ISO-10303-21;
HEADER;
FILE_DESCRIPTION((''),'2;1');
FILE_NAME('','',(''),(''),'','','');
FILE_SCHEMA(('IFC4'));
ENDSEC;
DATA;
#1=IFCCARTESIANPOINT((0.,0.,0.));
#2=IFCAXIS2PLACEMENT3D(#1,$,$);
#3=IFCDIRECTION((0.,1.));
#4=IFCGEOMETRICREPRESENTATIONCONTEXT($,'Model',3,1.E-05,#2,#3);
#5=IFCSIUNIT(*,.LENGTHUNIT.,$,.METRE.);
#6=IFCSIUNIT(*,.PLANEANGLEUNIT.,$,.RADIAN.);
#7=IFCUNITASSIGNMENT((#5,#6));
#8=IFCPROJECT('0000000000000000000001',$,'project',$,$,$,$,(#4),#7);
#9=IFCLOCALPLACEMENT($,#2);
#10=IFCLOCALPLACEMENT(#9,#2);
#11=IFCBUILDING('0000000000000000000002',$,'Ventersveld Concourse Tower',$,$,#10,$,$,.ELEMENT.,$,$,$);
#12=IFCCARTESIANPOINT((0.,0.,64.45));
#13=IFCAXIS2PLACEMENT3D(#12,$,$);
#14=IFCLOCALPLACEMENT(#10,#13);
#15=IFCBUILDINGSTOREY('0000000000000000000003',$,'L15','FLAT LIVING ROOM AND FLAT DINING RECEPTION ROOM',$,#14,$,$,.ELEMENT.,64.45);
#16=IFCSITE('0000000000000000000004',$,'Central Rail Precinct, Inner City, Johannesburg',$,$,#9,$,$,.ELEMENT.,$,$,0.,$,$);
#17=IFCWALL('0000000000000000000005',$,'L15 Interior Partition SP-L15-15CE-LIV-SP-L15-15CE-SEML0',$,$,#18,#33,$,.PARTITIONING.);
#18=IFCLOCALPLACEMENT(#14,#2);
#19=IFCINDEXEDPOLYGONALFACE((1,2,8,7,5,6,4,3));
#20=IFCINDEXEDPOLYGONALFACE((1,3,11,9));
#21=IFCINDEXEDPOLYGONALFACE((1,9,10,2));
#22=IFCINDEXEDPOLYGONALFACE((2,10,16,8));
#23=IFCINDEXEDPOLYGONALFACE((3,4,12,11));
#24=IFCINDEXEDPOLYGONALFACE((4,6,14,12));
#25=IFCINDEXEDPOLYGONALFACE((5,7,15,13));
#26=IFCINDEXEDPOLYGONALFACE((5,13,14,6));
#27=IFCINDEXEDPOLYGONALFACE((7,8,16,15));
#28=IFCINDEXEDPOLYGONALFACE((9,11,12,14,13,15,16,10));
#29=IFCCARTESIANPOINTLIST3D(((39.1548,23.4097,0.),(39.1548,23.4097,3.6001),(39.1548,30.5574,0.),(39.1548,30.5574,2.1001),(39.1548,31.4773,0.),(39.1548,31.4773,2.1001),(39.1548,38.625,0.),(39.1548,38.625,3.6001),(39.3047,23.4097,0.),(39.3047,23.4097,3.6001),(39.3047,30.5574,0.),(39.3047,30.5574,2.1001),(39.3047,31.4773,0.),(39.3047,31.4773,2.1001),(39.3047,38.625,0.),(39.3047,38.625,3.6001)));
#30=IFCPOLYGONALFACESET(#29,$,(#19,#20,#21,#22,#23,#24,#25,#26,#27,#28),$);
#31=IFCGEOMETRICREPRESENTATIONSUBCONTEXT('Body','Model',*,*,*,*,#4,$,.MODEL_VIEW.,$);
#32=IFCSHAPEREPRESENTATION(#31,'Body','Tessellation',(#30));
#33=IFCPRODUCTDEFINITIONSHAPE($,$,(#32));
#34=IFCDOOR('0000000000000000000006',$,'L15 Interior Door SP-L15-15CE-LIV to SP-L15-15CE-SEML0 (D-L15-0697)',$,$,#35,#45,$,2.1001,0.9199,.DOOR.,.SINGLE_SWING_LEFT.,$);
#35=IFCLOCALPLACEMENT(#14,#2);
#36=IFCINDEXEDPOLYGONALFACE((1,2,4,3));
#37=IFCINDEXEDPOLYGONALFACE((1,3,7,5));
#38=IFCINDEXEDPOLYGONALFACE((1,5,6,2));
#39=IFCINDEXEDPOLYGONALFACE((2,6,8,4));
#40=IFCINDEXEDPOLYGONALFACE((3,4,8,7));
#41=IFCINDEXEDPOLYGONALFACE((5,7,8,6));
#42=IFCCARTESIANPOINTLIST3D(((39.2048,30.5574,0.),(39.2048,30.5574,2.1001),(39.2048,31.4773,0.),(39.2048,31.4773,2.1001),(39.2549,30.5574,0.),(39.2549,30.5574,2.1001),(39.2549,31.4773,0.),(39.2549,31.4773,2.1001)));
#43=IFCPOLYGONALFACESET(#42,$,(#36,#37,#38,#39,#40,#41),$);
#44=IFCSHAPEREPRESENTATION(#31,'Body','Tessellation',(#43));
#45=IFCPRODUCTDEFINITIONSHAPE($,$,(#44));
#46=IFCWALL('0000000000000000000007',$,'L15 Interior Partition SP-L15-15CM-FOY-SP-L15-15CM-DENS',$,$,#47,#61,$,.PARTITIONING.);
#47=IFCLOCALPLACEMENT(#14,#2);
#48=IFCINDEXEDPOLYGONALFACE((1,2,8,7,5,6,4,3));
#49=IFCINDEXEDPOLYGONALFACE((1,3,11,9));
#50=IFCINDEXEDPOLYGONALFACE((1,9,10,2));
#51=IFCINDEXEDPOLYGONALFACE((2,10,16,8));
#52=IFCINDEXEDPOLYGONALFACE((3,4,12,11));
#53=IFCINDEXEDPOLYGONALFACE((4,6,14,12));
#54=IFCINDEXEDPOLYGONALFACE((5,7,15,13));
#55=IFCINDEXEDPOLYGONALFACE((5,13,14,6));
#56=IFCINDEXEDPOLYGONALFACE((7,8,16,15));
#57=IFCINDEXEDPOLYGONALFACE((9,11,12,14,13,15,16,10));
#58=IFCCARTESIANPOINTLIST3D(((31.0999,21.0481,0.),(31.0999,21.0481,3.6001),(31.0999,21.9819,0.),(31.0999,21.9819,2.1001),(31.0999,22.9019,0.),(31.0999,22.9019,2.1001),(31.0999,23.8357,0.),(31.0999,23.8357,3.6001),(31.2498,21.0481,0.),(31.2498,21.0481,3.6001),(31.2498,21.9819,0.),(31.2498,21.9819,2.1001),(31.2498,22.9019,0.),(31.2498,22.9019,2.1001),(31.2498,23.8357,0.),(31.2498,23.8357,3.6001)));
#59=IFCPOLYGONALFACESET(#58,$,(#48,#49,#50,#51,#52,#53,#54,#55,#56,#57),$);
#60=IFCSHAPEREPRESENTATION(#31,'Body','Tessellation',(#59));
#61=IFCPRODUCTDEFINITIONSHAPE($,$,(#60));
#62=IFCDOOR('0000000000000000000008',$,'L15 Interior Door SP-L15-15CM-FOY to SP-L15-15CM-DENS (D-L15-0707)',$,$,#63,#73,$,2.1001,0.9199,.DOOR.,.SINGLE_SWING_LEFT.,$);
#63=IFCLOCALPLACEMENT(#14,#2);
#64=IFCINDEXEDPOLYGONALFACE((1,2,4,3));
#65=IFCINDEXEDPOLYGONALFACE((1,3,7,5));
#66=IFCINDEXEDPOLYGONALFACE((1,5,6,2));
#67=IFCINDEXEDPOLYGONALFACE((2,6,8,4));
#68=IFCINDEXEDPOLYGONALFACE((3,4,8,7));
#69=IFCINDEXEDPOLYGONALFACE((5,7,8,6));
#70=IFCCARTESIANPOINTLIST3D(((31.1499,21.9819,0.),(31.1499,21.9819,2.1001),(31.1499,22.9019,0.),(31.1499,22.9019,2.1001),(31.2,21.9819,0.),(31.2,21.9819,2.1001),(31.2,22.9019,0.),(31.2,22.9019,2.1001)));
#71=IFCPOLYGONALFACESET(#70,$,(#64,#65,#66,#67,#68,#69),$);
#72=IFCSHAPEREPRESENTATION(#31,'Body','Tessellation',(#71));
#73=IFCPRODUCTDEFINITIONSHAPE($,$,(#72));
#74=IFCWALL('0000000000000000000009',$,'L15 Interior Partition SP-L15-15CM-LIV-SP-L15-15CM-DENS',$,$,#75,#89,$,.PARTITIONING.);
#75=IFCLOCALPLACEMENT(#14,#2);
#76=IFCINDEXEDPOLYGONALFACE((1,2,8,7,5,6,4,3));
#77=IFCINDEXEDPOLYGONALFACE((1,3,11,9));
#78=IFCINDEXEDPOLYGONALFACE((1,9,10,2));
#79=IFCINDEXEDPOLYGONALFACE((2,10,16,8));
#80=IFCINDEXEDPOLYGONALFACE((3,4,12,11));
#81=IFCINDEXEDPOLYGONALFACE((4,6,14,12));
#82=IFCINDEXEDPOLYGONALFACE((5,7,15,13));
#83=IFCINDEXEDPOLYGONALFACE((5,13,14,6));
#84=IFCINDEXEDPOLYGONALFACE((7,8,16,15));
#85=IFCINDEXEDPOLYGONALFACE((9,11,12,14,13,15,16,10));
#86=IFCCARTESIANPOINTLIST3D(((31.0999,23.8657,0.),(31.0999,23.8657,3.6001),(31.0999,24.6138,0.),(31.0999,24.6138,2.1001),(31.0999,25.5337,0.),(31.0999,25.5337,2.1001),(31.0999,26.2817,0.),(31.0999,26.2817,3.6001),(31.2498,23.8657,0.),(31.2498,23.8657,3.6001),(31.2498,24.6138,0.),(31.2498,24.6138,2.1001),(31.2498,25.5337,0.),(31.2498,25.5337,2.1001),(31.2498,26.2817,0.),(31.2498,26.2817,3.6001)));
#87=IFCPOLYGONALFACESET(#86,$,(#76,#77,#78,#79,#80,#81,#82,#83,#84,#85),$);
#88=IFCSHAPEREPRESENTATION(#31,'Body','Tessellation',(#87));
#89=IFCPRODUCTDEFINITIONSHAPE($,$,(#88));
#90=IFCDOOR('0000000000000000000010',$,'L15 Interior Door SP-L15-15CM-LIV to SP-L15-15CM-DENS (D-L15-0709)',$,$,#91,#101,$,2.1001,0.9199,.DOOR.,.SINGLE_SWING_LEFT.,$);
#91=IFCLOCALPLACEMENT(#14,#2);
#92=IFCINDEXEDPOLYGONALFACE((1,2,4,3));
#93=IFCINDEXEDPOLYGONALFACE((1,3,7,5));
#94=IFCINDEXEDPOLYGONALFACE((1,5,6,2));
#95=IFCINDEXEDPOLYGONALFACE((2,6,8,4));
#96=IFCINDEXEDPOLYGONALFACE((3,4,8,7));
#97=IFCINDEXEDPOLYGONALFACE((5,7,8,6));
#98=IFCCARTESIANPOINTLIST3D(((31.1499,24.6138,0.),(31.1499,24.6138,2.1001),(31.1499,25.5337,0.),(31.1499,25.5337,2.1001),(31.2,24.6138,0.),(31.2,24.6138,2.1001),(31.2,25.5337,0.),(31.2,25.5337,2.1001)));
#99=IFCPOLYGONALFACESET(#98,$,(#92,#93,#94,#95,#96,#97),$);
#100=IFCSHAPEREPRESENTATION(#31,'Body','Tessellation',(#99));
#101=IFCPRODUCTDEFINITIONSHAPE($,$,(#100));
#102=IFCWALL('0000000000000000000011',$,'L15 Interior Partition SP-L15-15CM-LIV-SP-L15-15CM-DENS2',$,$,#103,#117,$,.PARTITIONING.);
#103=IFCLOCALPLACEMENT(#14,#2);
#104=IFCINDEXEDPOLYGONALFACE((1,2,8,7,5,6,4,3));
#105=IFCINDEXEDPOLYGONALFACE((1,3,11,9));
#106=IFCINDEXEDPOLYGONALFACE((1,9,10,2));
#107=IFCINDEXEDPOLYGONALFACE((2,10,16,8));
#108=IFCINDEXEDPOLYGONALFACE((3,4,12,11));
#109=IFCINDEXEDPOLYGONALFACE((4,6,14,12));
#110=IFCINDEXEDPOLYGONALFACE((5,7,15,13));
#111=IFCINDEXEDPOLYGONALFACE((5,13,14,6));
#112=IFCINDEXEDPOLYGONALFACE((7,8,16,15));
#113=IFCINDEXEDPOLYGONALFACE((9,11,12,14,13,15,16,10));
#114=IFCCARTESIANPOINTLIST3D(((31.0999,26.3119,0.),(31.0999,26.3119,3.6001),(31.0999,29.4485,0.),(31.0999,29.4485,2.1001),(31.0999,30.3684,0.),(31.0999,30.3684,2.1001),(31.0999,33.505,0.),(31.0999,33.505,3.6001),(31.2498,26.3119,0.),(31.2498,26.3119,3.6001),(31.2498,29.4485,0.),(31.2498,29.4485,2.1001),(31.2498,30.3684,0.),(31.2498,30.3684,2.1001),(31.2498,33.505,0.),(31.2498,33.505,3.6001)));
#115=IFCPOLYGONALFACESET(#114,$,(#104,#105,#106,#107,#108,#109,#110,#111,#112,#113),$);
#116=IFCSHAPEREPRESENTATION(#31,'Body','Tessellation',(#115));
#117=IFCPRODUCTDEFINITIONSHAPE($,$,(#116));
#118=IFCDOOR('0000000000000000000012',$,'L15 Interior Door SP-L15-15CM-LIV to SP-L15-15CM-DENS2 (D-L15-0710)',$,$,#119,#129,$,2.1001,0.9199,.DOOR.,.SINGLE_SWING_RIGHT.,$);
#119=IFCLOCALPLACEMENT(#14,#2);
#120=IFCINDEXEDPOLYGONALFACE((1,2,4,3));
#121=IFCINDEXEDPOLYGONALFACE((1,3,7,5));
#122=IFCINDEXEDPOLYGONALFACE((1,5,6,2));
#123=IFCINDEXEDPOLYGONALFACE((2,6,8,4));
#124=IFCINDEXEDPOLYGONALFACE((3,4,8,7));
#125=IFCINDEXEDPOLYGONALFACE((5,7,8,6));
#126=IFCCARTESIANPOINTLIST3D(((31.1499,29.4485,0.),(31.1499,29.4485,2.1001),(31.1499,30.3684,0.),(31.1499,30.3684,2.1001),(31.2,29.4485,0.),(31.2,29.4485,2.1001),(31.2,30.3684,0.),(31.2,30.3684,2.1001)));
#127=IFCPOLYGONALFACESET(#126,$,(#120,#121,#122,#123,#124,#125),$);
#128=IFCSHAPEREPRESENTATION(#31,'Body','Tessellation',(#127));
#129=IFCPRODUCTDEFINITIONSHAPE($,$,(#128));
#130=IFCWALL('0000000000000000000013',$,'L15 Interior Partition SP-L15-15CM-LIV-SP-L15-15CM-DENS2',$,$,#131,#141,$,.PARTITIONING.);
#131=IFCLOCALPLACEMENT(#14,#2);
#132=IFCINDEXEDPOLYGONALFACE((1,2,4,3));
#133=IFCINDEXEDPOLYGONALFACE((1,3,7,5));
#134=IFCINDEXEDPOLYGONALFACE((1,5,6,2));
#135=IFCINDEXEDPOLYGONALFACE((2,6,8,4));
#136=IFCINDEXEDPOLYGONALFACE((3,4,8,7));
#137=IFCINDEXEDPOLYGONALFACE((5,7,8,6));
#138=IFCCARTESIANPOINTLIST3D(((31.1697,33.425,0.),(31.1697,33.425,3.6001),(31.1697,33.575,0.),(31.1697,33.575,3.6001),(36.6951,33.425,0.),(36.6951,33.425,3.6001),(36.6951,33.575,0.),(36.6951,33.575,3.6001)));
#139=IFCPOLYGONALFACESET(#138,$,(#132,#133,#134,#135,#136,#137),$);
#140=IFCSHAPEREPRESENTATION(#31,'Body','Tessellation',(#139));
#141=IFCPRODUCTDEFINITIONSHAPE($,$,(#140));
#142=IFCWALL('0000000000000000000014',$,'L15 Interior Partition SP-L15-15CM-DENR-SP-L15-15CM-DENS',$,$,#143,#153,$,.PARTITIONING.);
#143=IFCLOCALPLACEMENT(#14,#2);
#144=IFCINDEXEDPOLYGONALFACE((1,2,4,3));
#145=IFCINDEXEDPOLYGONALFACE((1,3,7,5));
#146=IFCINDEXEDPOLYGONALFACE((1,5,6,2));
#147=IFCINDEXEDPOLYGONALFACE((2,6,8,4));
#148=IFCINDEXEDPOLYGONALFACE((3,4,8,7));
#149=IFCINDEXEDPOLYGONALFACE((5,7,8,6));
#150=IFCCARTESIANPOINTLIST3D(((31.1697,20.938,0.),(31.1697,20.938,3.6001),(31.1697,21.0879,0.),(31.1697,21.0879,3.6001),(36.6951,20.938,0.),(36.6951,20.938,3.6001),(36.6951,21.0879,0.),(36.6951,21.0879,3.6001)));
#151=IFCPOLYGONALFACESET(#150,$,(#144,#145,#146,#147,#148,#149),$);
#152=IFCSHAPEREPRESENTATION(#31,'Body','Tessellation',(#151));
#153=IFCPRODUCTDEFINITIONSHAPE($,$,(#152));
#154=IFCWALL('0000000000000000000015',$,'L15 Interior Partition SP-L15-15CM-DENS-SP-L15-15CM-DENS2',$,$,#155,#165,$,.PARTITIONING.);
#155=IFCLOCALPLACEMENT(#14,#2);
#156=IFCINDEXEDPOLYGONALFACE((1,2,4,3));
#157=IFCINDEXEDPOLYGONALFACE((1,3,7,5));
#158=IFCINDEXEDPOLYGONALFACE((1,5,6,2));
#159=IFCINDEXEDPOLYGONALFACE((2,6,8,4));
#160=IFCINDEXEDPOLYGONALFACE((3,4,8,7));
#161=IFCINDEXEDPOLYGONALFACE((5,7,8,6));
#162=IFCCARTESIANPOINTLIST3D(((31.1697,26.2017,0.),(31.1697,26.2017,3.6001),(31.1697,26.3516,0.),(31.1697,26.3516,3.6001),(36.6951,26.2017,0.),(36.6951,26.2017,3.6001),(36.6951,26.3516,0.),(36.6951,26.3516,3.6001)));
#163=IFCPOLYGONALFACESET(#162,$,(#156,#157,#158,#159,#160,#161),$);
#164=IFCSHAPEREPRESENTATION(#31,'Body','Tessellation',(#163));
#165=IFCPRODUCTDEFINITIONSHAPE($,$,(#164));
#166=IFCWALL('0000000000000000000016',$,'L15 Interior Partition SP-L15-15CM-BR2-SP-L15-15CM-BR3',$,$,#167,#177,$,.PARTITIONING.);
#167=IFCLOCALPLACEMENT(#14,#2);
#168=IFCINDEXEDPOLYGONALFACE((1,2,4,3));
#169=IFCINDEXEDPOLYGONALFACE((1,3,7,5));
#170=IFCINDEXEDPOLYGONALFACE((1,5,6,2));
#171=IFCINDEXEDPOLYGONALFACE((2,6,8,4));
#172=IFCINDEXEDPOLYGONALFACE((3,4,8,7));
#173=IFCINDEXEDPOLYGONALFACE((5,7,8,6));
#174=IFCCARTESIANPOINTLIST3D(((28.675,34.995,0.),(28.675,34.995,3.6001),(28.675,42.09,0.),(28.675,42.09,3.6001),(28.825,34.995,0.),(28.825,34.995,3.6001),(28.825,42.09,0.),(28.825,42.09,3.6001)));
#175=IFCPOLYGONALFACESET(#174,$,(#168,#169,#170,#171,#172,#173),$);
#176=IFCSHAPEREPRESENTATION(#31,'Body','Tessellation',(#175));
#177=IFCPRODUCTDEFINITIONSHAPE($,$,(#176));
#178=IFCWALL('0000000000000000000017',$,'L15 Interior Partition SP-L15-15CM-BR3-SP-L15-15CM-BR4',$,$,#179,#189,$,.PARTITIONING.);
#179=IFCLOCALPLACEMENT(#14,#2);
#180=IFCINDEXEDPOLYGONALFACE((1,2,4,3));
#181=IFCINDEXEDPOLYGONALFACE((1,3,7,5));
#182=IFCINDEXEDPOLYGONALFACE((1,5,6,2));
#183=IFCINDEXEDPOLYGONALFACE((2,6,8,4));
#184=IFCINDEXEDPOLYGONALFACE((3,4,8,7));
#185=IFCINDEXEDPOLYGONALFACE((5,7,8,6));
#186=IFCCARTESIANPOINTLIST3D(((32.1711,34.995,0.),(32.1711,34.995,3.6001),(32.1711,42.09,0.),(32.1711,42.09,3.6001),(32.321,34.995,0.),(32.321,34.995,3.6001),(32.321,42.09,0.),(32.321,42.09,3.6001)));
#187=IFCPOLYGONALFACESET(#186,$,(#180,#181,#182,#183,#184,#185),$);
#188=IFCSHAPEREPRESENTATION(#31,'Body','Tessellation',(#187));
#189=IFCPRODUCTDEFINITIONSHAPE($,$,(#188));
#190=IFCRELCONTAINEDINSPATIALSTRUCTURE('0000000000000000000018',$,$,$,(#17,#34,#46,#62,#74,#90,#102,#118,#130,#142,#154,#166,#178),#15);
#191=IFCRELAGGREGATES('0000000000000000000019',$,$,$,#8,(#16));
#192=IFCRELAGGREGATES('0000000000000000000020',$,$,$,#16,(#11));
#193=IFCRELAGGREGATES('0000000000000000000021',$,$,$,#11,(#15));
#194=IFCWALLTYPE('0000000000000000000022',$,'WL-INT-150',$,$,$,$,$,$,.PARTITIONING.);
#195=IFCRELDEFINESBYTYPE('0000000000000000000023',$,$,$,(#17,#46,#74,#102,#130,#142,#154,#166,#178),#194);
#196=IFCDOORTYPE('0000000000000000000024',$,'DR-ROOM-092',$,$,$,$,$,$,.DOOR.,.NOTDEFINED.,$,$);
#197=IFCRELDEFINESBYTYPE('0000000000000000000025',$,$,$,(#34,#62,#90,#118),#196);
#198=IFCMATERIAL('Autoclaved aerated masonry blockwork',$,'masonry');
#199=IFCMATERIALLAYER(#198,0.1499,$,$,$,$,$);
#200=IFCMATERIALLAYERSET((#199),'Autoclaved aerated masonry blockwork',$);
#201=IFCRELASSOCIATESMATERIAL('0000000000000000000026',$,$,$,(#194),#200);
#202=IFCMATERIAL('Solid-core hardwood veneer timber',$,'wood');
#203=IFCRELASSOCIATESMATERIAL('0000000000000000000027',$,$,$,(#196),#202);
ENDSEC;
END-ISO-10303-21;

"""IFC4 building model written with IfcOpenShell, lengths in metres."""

from ifc_helpers import new_model, si_unit, direction, frame, frame_2d, origin, place, context, subcontext, project, spatial, rectangle, extrude, material, layer, layer_set, type_object, element, fill, save


model = new_model("IFC4")

# Units and contexts
model_context = context("Model", 3, precision=1e-05, world=origin(), true_north=direction((0.0, 1.0)))
body_context = subcontext(model_context, "Body", "Model", "MODEL_VIEW")
ifc_project = project(units=[si_unit("LENGTHUNIT", "METRE"), si_unit("PLANEANGLEUNIT", "RADIAN")], contexts=[model_context])

# Site, building, storey
site_placement = place(None, origin())
site = spatial("IfcSite", under=ifc_project, at=site_placement, Name="Central Rail Precinct, Inner City, Johannesburg", CompositionType="ELEMENT", RefElevation=0.0)
building_placement = place(site_placement, origin())
building = spatial("IfcBuilding", under=site, at=building_placement, Name="Ventersveld Concourse Tower", CompositionType="ELEMENT")
storey_placement = place(building_placement, frame((0.0, 0.0, 64.45)))
storey = spatial("IfcBuildingStorey", under=building, at=storey_placement, Name="L15", Description="FLAT LIVING ROOM AND FLAT DINING RECEPTION ROOM", CompositionType="ELEMENT", Elevation=64.45)

# Walls, openings, doors
ifc_material_1 = material(Name="Autoclaved aerated masonry blockwork", Category="masonry")
ifc_layer_1 = layer(ifc_material_1, 0.1499)
ifc_layer_set_1 = layer_set([ifc_layer_1], Name="Autoclaved aerated masonry blockwork")
wall_type_1 = type_object("IfcWallType", Name="WL-INT-150", PredefinedType="PARTITIONING", material=ifc_layer_set_1)
ifc_material_2 = material(Name="Solid-core hardwood veneer timber", Category="wood")
door_type = type_object("IfcDoorType", Name="DR-ROOM-092", OperationType="NOTDEFINED", PredefinedType="DOOR", material=ifc_material_2)
wall_1_placement = place(storey_placement, frame((39.2297, 23.4097, 0.0), z_axis=(0.0, 0.0, 1.0), x_axis=(0.0, 1.0, 0.0)))
wall_1 = element("IfcWall", 1, at=wall_1_placement, inside=storey, type_object=wall_type_1, Name="L15 Interior Partition SP-L15-15CE-LIV-SP-L15-15CE-SEML0", PredefinedType="PARTITIONING", context=body_context, shape_type="SweptSolid", body=[
    extrude(rectangle(XDim=15.2153, YDim=0.1499, at=frame_2d((7.6077, 0.0))), origin(), (0.0, 0.0, 1.0), 3.6001),
])
opening_1_placement = place(wall_1_placement, frame((7.1477, 0.0, 0.0)))
opening_1 = element("IfcOpeningElement", 2, at=opening_1_placement, cuts=wall_1, PredefinedType="OPENING", context=body_context, shape_type="SweptSolid", body=[
    extrude(rectangle(XDim=0.9199, YDim=2.1001, at=frame_2d((0.46, 1.05))), frame((0.0, 0.085, 0.0), z_axis=(0.0, -1.0, 0.0), x_axis=(1.0, 0.0, 0.0)), (0.0, 0.0, 1.0), 0.1699),
])
door_1_placement = place(opening_1_placement, origin())
door_1 = element("IfcDoor", 3, at=door_1_placement, inside=storey, type_object=door_type, Name="L15 Interior Door SP-L15-15CE-LIV to SP-L15-15CE-SEML0 (D-L15-0697)", OperationType="SINGLE_SWING_LEFT", OverallHeight=2.1001, OverallWidth=0.9199, PredefinedType="DOOR", context=body_context, shape_type="SweptSolid", body=[
    extrude(rectangle(XDim=0.9199, YDim=2.1001, at=frame_2d((0.46, 1.05))), frame((0.0, 0.0249, 0.0), z_axis=(0.0, -1.0, 0.0), x_axis=(1.0, 0.0, 0.0)), (0.0, 0.0, 1.0), 0.05),
])
fill(opening_1, door_1)
wall_2_placement = place(storey_placement, frame((31.1748, 21.0481, 0.0), z_axis=(0.0, 0.0, 1.0), x_axis=(0.0, 1.0, 0.0)))
wall_2 = element("IfcWall", 4, at=wall_2_placement, inside=storey, type_object=wall_type_1, Name="L15 Interior Partition SP-L15-15CM-FOY-SP-L15-15CM-DENS", PredefinedType="PARTITIONING", context=body_context, shape_type="SweptSolid", body=[
    extrude(rectangle(XDim=2.7876, YDim=0.1499, at=frame_2d((1.3938, 0.0))), origin(), (0.0, 0.0, 1.0), 3.6001),
])
opening_2_placement = place(wall_2_placement, frame((0.9338, 0.0, 0.0)))
opening_2 = element("IfcOpeningElement", 5, at=opening_2_placement, cuts=wall_2, PredefinedType="OPENING", context=body_context, shape_type="SweptSolid", body=[
    extrude(rectangle(XDim=0.9199, YDim=2.1001, at=frame_2d((0.46, 1.05))), frame((0.0, 0.085, 0.0), z_axis=(0.0, -1.0, 0.0), x_axis=(1.0, 0.0, 0.0)), (0.0, 0.0, 1.0), 0.1699),
])
door_2_placement = place(opening_2_placement, origin())
door_2 = element("IfcDoor", 6, at=door_2_placement, inside=storey, type_object=door_type, Name="L15 Interior Door SP-L15-15CM-FOY to SP-L15-15CM-DENS (D-L15-0707)", OperationType="SINGLE_SWING_LEFT", OverallHeight=2.1001, OverallWidth=0.9199, PredefinedType="DOOR", context=body_context, shape_type="SweptSolid", body=[
    extrude(rectangle(XDim=0.9199, YDim=2.1001, at=frame_2d((0.46, 1.05))), frame((0.0, 0.0249, 0.0), z_axis=(0.0, -1.0, 0.0), x_axis=(1.0, 0.0, 0.0)), (0.0, 0.0, 1.0), 0.05),
])
fill(opening_2, door_2)
wall_3_placement = place(storey_placement, frame((31.1748, 23.8657, 0.0), z_axis=(0.0, 0.0, 1.0), x_axis=(0.0, 1.0, 0.0)))
wall_3 = element("IfcWall", 7, at=wall_3_placement, inside=storey, type_object=wall_type_1, Name="L15 Interior Partition SP-L15-15CM-LIV-SP-L15-15CM-DENS", PredefinedType="PARTITIONING", context=body_context, shape_type="SweptSolid", body=[
    extrude(rectangle(XDim=2.416, YDim=0.1499, at=frame_2d((1.208, 0.0))), origin(), (0.0, 0.0, 1.0), 3.6001),
])
opening_3_placement = place(wall_3_placement, frame((0.748, 0.0, 0.0)))
opening_3 = element("IfcOpeningElement", 8, at=opening_3_placement, cuts=wall_3, PredefinedType="OPENING", context=body_context, shape_type="SweptSolid", body=[
    extrude(rectangle(XDim=0.9199, YDim=2.1001, at=frame_2d((0.46, 1.05))), frame((0.0, 0.085, 0.0), z_axis=(0.0, -1.0, 0.0), x_axis=(1.0, 0.0, 0.0)), (0.0, 0.0, 1.0), 0.1699),
])
door_3_placement = place(opening_3_placement, origin())
door_3 = element("IfcDoor", 9, at=door_3_placement, inside=storey, type_object=door_type, Name="L15 Interior Door SP-L15-15CM-LIV to SP-L15-15CM-DENS (D-L15-0709)", OperationType="SINGLE_SWING_LEFT", OverallHeight=2.1001, OverallWidth=0.9199, PredefinedType="DOOR", context=body_context, shape_type="SweptSolid", body=[
    extrude(rectangle(XDim=0.9199, YDim=2.1001, at=frame_2d((0.46, 1.05))), frame((0.0, 0.0249, 0.0), z_axis=(0.0, -1.0, 0.0), x_axis=(1.0, 0.0, 0.0)), (0.0, 0.0, 1.0), 0.05),
])
fill(opening_3, door_3)
wall_4_placement = place(storey_placement, frame((31.1748, 26.3118, 0.0), z_axis=(0.0, 0.0, 1.0), x_axis=(0.0, 1.0, 0.0)))
wall_4 = element("IfcWall", 10, at=wall_4_placement, inside=storey, type_object=wall_type_1, Name="L15 Interior Partition SP-L15-15CM-LIV-SP-L15-15CM-DENS2", PredefinedType="PARTITIONING", context=body_context, shape_type="SweptSolid", body=[
    extrude(rectangle(XDim=7.1931, YDim=0.1499, at=frame_2d((3.5967, 0.0))), origin(), (0.0, 0.0, 1.0), 3.6001),
])
opening_4_placement = place(wall_4_placement, frame((3.1367, 0.0, 0.0)))
opening_4 = element("IfcOpeningElement", 11, at=opening_4_placement, cuts=wall_4, PredefinedType="OPENING", context=body_context, shape_type="SweptSolid", body=[
    extrude(rectangle(XDim=0.9199, YDim=2.1001, at=frame_2d((0.46, 1.05))), frame((0.0, 0.085, 0.0), z_axis=(0.0, -1.0, 0.0), x_axis=(1.0, 0.0, 0.0)), (0.0, 0.0, 1.0), 0.1699),
])
door_4_placement = place(opening_4_placement, origin())
door_4 = element("IfcDoor", 12, at=door_4_placement, inside=storey, type_object=door_type, Name="L15 Interior Door SP-L15-15CM-LIV to SP-L15-15CM-DENS2 (D-L15-0710)", OperationType="SINGLE_SWING_RIGHT", OverallHeight=2.1001, OverallWidth=0.9199, PredefinedType="DOOR", context=body_context, shape_type="SweptSolid", body=[
    extrude(rectangle(XDim=0.9199, YDim=2.1001, at=frame_2d((0.46, 1.05))), frame((0.0, 0.0249, 0.0), z_axis=(0.0, -1.0, 0.0), x_axis=(1.0, 0.0, 0.0)), (0.0, 0.0, 1.0), 0.05),
])
fill(opening_4, door_4)

# Walls
for number, where, z_axis, x_axis, name in (
    (13, (31.1697, 33.5, 0.0), (0.0, 0.0, 1.0), (1.0, 0.0, 0.0), "L15 Interior Partition SP-L15-15CM-LIV-SP-L15-15CM-DENS2"),
    (14, (31.1697, 21.0129, 0.0), (0.0, 0.0, 1.0), (1.0, 0.0, 0.0), "L15 Interior Partition SP-L15-15CM-DENR-SP-L15-15CM-DENS"),
    (15, (31.1697, 26.2766, 0.0), (0.0, 0.0, 1.0), (1.0, 0.0, 0.0), "L15 Interior Partition SP-L15-15CM-DENS-SP-L15-15CM-DENS2"),
):
    element("IfcWall", number, at=place(storey_placement, frame(where, z_axis=z_axis, x_axis=x_axis)), inside=storey, type_object=wall_type_1, Name=name, PredefinedType="PARTITIONING", context=body_context, shape_type="SweptSolid", body=[
        extrude(rectangle(XDim=5.5254, YDim=0.1499, at=frame_2d((2.7627, 0.0))), origin(), (0.0, 0.0, 1.0), 3.6001),
    ])
for number, where, z_axis, x_axis, name in (
    (16, (28.75, 34.9951, 0.0), (0.0, 0.0, 1.0), (0.0, 1.0, 0.0), "L15 Interior Partition SP-L15-15CM-BR2-SP-L15-15CM-BR3"),
    (17, (32.2461, 34.9951, 0.0), (0.0, 0.0, 1.0), (0.0, 1.0, 0.0), "L15 Interior Partition SP-L15-15CM-BR3-SP-L15-15CM-BR4"),
):
    element("IfcWall", number, at=place(storey_placement, frame(where, z_axis=z_axis, x_axis=x_axis)), inside=storey, type_object=wall_type_1, Name=name, PredefinedType="PARTITIONING", context=body_context, shape_type="SweptSolid", body=[
        extrude(rectangle(XDim=7.095, YDim=0.1499, at=frame_2d((3.5474, 0.0))), origin(), (0.0, 0.0, 1.0), 3.6001),
    ])

save(model, "model.ifc")
